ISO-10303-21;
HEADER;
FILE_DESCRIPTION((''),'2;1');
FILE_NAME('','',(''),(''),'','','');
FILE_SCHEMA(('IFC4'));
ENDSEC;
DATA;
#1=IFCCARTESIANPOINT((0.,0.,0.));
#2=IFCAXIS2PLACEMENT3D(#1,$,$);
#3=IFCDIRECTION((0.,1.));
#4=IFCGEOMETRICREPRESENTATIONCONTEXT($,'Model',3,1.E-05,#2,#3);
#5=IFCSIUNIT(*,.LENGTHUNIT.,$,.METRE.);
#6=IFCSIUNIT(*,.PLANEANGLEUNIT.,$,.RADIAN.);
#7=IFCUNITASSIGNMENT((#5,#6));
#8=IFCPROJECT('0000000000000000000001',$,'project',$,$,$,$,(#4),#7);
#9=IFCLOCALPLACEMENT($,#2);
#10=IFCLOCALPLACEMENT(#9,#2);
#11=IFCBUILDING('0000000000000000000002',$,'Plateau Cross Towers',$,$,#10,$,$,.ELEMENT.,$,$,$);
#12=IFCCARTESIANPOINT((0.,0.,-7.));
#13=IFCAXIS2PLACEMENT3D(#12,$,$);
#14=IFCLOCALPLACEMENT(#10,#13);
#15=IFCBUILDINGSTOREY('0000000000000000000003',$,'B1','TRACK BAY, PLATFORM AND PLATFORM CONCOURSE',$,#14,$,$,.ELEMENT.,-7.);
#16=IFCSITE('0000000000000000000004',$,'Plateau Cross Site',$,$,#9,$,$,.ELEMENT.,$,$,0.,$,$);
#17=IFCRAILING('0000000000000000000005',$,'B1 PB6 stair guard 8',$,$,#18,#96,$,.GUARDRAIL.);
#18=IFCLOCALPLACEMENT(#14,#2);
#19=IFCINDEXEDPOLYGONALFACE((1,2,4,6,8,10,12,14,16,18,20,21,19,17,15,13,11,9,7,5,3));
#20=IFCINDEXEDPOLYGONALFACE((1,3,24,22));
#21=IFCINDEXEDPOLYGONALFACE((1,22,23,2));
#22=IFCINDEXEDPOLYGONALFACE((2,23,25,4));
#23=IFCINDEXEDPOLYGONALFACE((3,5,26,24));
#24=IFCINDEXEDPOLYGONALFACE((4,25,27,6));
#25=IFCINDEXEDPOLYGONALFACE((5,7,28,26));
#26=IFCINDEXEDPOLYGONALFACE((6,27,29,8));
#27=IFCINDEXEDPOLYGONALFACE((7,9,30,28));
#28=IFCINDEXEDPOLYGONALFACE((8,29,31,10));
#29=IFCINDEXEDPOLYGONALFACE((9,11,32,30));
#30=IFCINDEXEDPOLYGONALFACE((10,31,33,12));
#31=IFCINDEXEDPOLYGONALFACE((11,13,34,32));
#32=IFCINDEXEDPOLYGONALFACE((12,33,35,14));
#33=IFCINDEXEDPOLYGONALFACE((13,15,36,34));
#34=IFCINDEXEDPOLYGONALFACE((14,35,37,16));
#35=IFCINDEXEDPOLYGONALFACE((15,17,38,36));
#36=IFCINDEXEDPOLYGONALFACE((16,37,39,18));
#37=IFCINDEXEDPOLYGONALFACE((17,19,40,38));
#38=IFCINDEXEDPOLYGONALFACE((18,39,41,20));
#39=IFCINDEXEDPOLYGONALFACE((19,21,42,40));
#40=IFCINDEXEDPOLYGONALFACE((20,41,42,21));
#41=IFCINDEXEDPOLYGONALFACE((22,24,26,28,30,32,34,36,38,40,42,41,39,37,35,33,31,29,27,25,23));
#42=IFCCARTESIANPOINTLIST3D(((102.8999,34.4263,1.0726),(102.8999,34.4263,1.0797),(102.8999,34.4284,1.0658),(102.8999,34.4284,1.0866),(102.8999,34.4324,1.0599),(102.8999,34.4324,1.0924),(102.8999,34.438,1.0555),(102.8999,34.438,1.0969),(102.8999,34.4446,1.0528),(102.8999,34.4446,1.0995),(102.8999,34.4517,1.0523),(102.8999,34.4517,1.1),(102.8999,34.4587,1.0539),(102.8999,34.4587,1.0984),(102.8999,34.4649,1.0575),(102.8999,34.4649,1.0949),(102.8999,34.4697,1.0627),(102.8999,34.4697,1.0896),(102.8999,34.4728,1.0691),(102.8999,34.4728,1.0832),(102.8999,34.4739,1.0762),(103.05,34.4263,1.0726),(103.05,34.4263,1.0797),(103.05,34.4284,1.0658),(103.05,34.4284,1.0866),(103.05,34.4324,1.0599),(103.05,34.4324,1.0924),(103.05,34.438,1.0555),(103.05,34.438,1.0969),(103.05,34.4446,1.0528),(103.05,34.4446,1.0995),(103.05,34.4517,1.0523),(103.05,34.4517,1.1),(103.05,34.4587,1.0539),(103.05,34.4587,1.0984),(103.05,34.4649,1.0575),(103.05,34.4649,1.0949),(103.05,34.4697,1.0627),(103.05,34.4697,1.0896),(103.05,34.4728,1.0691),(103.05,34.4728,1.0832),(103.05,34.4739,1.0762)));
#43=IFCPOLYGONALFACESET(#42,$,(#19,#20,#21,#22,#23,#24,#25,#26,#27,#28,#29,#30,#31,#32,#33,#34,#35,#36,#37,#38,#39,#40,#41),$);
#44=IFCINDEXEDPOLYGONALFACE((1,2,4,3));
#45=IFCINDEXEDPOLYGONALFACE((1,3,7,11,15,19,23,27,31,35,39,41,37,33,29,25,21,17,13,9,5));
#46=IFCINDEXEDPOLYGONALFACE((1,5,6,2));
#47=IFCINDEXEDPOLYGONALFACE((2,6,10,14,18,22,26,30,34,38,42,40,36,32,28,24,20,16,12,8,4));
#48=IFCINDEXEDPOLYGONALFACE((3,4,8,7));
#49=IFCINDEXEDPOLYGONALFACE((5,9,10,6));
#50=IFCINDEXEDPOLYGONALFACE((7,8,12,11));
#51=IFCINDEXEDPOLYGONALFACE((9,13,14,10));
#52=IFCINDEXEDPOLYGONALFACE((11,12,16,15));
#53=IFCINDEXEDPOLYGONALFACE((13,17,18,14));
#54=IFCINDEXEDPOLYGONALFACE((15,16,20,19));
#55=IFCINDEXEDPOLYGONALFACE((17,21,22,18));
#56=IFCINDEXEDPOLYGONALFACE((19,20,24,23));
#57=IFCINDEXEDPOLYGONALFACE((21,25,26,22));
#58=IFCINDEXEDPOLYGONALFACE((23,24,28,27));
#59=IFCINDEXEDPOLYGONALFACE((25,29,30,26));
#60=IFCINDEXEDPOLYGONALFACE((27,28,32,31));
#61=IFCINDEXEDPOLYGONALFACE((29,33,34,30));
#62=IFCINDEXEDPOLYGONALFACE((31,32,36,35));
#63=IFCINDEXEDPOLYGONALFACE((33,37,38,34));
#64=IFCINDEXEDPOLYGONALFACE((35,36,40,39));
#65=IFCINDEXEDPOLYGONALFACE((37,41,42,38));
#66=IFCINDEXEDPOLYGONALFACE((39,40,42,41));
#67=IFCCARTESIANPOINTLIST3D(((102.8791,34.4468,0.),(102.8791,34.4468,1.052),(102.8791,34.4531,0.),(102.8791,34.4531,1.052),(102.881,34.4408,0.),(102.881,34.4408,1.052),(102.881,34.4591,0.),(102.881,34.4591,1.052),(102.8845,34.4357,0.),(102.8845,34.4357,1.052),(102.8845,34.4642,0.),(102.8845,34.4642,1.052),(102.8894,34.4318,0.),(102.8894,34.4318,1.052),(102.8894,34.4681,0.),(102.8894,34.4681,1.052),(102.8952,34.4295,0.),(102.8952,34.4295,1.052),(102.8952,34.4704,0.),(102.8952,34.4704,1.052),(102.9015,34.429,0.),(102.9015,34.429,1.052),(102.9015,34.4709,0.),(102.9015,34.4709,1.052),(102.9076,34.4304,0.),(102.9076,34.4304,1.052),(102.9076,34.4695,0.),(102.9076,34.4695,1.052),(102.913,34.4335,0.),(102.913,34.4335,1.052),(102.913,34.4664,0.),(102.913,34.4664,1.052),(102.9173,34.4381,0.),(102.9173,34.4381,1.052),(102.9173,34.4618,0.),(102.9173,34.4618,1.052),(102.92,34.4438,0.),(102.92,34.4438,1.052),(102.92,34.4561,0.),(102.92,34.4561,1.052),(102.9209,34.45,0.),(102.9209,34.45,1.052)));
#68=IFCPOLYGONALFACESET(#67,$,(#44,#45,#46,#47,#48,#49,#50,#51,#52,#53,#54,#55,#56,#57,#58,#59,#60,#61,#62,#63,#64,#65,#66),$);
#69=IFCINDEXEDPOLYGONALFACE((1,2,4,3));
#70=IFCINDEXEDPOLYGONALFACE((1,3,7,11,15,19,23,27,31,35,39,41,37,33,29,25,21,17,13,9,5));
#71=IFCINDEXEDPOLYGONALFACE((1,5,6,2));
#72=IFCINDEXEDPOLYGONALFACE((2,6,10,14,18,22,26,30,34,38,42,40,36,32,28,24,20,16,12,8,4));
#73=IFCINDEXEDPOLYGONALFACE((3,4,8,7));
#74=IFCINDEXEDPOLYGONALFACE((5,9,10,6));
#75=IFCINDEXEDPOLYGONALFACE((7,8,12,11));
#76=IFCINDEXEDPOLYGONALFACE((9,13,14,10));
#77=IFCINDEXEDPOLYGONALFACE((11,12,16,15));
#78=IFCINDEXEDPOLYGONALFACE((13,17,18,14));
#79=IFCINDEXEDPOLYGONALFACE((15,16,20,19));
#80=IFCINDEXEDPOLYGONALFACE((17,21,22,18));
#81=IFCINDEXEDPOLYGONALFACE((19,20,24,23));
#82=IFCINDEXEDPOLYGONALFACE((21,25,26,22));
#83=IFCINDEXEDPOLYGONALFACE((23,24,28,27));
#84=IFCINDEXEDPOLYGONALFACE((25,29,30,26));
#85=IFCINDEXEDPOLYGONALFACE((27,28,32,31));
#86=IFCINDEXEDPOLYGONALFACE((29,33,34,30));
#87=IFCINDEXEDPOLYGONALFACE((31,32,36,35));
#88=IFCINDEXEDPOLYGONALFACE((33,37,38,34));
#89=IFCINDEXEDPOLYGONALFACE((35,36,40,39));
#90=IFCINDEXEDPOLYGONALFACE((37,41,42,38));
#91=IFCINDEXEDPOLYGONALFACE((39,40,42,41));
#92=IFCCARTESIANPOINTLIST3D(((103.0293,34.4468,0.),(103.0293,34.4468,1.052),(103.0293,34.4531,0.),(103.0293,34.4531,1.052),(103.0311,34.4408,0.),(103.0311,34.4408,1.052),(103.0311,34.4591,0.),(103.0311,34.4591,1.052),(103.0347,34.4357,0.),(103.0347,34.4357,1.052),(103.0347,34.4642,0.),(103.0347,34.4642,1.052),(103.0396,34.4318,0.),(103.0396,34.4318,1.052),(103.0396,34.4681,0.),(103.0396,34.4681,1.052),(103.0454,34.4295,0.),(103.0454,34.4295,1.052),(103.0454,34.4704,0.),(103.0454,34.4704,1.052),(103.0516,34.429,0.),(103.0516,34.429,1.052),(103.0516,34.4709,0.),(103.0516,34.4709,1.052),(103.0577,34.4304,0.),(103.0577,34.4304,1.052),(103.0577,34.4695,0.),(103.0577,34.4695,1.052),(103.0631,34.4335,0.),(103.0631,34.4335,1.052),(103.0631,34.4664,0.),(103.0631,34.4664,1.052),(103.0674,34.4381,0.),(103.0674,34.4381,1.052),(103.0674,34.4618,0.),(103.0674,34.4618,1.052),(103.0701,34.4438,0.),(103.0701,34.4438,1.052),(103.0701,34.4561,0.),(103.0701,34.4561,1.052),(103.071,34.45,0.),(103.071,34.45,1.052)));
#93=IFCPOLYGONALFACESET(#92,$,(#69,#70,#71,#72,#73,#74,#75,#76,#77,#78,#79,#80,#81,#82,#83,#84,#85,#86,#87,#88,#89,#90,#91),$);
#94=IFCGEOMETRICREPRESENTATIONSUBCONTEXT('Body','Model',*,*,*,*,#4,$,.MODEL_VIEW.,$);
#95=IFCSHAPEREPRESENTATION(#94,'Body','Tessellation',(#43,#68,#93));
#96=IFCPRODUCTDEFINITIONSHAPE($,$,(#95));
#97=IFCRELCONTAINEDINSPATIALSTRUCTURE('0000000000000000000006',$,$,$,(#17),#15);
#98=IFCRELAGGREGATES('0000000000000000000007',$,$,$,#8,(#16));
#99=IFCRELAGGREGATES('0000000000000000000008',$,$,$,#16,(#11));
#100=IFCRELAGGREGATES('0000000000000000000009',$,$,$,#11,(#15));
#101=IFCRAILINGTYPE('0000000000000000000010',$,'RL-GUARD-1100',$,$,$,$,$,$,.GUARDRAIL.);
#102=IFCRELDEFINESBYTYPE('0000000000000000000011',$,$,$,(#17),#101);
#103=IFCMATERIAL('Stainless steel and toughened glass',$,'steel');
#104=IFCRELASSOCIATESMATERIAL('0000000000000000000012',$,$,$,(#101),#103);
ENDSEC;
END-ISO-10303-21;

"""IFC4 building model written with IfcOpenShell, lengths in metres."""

from ifc_helpers import new_model, si_unit, direction, frame, origin, origin_2d, place, context, subcontext, project, spatial, circle, extrude, material, type_object, element, save


model = new_model("IFC4")

# Units and contexts
model_context = context("Model", 3, precision=1e-05, world=origin(), true_north=direction((0.0, 1.0)))
body_context = subcontext(model_context, "Body", "Model", "MODEL_VIEW")
ifc_project = project(units=[si_unit("LENGTHUNIT", "METRE"), si_unit("PLANEANGLEUNIT", "RADIAN")], contexts=[model_context])

# Site, building, storey
site_placement = place(None, origin())
site = spatial("IfcSite", under=ifc_project, at=site_placement, Name="Plateau Cross Site", CompositionType="ELEMENT", RefElevation=0.0)
building_placement = place(site_placement, origin())
building = spatial("IfcBuilding", under=site, at=building_placement, Name="Plateau Cross Towers", CompositionType="ELEMENT")
storey_placement = place(building_placement, frame((0.0, 0.0, -7.0)))
storey = spatial("IfcBuildingStorey", under=building, at=storey_placement, Name="B1", Description="TRACK BAY, PLATFORM AND PLATFORM CONCOURSE", CompositionType="ELEMENT", Elevation=-7.0)

# Railing
ifc_material_1 = material(Name="Stainless steel and toughened glass", Category="steel")
railing_type_1 = type_object("IfcRailingType", Name="RL-GUARD-1100", PredefinedType="GUARDRAIL", material=ifc_material_1)
railing_1_placement = place(storey_placement, frame((102.8999, 34.45, 0.0)))
element("IfcRailing", 1, at=railing_1_placement, inside=storey, type_object=railing_type_1, Name="B1 PB6 stair guard 8", PredefinedType="GUARDRAIL", context=body_context, shape_type="SweptSolid", body=[
    extrude(circle(Radius=0.0239, at=origin_2d()), frame((0.0, 0.0, 1.0762), z_axis=(1.0, 0.0, 0.0), x_axis=(0.0, 1.0, 0.0)), (0.0, 0.0, 1.0), 0.1501),
    extrude(circle(Radius=0.021, at=origin_2d()), origin(), (0.0, 0.0, 1.0), 1.052),
    extrude(circle(Radius=0.021, at=origin_2d()), frame((0.1501, 0.0, 0.0)), (0.0, 0.0, 1.0), 1.052),
])

save(model, "model.ifc")
